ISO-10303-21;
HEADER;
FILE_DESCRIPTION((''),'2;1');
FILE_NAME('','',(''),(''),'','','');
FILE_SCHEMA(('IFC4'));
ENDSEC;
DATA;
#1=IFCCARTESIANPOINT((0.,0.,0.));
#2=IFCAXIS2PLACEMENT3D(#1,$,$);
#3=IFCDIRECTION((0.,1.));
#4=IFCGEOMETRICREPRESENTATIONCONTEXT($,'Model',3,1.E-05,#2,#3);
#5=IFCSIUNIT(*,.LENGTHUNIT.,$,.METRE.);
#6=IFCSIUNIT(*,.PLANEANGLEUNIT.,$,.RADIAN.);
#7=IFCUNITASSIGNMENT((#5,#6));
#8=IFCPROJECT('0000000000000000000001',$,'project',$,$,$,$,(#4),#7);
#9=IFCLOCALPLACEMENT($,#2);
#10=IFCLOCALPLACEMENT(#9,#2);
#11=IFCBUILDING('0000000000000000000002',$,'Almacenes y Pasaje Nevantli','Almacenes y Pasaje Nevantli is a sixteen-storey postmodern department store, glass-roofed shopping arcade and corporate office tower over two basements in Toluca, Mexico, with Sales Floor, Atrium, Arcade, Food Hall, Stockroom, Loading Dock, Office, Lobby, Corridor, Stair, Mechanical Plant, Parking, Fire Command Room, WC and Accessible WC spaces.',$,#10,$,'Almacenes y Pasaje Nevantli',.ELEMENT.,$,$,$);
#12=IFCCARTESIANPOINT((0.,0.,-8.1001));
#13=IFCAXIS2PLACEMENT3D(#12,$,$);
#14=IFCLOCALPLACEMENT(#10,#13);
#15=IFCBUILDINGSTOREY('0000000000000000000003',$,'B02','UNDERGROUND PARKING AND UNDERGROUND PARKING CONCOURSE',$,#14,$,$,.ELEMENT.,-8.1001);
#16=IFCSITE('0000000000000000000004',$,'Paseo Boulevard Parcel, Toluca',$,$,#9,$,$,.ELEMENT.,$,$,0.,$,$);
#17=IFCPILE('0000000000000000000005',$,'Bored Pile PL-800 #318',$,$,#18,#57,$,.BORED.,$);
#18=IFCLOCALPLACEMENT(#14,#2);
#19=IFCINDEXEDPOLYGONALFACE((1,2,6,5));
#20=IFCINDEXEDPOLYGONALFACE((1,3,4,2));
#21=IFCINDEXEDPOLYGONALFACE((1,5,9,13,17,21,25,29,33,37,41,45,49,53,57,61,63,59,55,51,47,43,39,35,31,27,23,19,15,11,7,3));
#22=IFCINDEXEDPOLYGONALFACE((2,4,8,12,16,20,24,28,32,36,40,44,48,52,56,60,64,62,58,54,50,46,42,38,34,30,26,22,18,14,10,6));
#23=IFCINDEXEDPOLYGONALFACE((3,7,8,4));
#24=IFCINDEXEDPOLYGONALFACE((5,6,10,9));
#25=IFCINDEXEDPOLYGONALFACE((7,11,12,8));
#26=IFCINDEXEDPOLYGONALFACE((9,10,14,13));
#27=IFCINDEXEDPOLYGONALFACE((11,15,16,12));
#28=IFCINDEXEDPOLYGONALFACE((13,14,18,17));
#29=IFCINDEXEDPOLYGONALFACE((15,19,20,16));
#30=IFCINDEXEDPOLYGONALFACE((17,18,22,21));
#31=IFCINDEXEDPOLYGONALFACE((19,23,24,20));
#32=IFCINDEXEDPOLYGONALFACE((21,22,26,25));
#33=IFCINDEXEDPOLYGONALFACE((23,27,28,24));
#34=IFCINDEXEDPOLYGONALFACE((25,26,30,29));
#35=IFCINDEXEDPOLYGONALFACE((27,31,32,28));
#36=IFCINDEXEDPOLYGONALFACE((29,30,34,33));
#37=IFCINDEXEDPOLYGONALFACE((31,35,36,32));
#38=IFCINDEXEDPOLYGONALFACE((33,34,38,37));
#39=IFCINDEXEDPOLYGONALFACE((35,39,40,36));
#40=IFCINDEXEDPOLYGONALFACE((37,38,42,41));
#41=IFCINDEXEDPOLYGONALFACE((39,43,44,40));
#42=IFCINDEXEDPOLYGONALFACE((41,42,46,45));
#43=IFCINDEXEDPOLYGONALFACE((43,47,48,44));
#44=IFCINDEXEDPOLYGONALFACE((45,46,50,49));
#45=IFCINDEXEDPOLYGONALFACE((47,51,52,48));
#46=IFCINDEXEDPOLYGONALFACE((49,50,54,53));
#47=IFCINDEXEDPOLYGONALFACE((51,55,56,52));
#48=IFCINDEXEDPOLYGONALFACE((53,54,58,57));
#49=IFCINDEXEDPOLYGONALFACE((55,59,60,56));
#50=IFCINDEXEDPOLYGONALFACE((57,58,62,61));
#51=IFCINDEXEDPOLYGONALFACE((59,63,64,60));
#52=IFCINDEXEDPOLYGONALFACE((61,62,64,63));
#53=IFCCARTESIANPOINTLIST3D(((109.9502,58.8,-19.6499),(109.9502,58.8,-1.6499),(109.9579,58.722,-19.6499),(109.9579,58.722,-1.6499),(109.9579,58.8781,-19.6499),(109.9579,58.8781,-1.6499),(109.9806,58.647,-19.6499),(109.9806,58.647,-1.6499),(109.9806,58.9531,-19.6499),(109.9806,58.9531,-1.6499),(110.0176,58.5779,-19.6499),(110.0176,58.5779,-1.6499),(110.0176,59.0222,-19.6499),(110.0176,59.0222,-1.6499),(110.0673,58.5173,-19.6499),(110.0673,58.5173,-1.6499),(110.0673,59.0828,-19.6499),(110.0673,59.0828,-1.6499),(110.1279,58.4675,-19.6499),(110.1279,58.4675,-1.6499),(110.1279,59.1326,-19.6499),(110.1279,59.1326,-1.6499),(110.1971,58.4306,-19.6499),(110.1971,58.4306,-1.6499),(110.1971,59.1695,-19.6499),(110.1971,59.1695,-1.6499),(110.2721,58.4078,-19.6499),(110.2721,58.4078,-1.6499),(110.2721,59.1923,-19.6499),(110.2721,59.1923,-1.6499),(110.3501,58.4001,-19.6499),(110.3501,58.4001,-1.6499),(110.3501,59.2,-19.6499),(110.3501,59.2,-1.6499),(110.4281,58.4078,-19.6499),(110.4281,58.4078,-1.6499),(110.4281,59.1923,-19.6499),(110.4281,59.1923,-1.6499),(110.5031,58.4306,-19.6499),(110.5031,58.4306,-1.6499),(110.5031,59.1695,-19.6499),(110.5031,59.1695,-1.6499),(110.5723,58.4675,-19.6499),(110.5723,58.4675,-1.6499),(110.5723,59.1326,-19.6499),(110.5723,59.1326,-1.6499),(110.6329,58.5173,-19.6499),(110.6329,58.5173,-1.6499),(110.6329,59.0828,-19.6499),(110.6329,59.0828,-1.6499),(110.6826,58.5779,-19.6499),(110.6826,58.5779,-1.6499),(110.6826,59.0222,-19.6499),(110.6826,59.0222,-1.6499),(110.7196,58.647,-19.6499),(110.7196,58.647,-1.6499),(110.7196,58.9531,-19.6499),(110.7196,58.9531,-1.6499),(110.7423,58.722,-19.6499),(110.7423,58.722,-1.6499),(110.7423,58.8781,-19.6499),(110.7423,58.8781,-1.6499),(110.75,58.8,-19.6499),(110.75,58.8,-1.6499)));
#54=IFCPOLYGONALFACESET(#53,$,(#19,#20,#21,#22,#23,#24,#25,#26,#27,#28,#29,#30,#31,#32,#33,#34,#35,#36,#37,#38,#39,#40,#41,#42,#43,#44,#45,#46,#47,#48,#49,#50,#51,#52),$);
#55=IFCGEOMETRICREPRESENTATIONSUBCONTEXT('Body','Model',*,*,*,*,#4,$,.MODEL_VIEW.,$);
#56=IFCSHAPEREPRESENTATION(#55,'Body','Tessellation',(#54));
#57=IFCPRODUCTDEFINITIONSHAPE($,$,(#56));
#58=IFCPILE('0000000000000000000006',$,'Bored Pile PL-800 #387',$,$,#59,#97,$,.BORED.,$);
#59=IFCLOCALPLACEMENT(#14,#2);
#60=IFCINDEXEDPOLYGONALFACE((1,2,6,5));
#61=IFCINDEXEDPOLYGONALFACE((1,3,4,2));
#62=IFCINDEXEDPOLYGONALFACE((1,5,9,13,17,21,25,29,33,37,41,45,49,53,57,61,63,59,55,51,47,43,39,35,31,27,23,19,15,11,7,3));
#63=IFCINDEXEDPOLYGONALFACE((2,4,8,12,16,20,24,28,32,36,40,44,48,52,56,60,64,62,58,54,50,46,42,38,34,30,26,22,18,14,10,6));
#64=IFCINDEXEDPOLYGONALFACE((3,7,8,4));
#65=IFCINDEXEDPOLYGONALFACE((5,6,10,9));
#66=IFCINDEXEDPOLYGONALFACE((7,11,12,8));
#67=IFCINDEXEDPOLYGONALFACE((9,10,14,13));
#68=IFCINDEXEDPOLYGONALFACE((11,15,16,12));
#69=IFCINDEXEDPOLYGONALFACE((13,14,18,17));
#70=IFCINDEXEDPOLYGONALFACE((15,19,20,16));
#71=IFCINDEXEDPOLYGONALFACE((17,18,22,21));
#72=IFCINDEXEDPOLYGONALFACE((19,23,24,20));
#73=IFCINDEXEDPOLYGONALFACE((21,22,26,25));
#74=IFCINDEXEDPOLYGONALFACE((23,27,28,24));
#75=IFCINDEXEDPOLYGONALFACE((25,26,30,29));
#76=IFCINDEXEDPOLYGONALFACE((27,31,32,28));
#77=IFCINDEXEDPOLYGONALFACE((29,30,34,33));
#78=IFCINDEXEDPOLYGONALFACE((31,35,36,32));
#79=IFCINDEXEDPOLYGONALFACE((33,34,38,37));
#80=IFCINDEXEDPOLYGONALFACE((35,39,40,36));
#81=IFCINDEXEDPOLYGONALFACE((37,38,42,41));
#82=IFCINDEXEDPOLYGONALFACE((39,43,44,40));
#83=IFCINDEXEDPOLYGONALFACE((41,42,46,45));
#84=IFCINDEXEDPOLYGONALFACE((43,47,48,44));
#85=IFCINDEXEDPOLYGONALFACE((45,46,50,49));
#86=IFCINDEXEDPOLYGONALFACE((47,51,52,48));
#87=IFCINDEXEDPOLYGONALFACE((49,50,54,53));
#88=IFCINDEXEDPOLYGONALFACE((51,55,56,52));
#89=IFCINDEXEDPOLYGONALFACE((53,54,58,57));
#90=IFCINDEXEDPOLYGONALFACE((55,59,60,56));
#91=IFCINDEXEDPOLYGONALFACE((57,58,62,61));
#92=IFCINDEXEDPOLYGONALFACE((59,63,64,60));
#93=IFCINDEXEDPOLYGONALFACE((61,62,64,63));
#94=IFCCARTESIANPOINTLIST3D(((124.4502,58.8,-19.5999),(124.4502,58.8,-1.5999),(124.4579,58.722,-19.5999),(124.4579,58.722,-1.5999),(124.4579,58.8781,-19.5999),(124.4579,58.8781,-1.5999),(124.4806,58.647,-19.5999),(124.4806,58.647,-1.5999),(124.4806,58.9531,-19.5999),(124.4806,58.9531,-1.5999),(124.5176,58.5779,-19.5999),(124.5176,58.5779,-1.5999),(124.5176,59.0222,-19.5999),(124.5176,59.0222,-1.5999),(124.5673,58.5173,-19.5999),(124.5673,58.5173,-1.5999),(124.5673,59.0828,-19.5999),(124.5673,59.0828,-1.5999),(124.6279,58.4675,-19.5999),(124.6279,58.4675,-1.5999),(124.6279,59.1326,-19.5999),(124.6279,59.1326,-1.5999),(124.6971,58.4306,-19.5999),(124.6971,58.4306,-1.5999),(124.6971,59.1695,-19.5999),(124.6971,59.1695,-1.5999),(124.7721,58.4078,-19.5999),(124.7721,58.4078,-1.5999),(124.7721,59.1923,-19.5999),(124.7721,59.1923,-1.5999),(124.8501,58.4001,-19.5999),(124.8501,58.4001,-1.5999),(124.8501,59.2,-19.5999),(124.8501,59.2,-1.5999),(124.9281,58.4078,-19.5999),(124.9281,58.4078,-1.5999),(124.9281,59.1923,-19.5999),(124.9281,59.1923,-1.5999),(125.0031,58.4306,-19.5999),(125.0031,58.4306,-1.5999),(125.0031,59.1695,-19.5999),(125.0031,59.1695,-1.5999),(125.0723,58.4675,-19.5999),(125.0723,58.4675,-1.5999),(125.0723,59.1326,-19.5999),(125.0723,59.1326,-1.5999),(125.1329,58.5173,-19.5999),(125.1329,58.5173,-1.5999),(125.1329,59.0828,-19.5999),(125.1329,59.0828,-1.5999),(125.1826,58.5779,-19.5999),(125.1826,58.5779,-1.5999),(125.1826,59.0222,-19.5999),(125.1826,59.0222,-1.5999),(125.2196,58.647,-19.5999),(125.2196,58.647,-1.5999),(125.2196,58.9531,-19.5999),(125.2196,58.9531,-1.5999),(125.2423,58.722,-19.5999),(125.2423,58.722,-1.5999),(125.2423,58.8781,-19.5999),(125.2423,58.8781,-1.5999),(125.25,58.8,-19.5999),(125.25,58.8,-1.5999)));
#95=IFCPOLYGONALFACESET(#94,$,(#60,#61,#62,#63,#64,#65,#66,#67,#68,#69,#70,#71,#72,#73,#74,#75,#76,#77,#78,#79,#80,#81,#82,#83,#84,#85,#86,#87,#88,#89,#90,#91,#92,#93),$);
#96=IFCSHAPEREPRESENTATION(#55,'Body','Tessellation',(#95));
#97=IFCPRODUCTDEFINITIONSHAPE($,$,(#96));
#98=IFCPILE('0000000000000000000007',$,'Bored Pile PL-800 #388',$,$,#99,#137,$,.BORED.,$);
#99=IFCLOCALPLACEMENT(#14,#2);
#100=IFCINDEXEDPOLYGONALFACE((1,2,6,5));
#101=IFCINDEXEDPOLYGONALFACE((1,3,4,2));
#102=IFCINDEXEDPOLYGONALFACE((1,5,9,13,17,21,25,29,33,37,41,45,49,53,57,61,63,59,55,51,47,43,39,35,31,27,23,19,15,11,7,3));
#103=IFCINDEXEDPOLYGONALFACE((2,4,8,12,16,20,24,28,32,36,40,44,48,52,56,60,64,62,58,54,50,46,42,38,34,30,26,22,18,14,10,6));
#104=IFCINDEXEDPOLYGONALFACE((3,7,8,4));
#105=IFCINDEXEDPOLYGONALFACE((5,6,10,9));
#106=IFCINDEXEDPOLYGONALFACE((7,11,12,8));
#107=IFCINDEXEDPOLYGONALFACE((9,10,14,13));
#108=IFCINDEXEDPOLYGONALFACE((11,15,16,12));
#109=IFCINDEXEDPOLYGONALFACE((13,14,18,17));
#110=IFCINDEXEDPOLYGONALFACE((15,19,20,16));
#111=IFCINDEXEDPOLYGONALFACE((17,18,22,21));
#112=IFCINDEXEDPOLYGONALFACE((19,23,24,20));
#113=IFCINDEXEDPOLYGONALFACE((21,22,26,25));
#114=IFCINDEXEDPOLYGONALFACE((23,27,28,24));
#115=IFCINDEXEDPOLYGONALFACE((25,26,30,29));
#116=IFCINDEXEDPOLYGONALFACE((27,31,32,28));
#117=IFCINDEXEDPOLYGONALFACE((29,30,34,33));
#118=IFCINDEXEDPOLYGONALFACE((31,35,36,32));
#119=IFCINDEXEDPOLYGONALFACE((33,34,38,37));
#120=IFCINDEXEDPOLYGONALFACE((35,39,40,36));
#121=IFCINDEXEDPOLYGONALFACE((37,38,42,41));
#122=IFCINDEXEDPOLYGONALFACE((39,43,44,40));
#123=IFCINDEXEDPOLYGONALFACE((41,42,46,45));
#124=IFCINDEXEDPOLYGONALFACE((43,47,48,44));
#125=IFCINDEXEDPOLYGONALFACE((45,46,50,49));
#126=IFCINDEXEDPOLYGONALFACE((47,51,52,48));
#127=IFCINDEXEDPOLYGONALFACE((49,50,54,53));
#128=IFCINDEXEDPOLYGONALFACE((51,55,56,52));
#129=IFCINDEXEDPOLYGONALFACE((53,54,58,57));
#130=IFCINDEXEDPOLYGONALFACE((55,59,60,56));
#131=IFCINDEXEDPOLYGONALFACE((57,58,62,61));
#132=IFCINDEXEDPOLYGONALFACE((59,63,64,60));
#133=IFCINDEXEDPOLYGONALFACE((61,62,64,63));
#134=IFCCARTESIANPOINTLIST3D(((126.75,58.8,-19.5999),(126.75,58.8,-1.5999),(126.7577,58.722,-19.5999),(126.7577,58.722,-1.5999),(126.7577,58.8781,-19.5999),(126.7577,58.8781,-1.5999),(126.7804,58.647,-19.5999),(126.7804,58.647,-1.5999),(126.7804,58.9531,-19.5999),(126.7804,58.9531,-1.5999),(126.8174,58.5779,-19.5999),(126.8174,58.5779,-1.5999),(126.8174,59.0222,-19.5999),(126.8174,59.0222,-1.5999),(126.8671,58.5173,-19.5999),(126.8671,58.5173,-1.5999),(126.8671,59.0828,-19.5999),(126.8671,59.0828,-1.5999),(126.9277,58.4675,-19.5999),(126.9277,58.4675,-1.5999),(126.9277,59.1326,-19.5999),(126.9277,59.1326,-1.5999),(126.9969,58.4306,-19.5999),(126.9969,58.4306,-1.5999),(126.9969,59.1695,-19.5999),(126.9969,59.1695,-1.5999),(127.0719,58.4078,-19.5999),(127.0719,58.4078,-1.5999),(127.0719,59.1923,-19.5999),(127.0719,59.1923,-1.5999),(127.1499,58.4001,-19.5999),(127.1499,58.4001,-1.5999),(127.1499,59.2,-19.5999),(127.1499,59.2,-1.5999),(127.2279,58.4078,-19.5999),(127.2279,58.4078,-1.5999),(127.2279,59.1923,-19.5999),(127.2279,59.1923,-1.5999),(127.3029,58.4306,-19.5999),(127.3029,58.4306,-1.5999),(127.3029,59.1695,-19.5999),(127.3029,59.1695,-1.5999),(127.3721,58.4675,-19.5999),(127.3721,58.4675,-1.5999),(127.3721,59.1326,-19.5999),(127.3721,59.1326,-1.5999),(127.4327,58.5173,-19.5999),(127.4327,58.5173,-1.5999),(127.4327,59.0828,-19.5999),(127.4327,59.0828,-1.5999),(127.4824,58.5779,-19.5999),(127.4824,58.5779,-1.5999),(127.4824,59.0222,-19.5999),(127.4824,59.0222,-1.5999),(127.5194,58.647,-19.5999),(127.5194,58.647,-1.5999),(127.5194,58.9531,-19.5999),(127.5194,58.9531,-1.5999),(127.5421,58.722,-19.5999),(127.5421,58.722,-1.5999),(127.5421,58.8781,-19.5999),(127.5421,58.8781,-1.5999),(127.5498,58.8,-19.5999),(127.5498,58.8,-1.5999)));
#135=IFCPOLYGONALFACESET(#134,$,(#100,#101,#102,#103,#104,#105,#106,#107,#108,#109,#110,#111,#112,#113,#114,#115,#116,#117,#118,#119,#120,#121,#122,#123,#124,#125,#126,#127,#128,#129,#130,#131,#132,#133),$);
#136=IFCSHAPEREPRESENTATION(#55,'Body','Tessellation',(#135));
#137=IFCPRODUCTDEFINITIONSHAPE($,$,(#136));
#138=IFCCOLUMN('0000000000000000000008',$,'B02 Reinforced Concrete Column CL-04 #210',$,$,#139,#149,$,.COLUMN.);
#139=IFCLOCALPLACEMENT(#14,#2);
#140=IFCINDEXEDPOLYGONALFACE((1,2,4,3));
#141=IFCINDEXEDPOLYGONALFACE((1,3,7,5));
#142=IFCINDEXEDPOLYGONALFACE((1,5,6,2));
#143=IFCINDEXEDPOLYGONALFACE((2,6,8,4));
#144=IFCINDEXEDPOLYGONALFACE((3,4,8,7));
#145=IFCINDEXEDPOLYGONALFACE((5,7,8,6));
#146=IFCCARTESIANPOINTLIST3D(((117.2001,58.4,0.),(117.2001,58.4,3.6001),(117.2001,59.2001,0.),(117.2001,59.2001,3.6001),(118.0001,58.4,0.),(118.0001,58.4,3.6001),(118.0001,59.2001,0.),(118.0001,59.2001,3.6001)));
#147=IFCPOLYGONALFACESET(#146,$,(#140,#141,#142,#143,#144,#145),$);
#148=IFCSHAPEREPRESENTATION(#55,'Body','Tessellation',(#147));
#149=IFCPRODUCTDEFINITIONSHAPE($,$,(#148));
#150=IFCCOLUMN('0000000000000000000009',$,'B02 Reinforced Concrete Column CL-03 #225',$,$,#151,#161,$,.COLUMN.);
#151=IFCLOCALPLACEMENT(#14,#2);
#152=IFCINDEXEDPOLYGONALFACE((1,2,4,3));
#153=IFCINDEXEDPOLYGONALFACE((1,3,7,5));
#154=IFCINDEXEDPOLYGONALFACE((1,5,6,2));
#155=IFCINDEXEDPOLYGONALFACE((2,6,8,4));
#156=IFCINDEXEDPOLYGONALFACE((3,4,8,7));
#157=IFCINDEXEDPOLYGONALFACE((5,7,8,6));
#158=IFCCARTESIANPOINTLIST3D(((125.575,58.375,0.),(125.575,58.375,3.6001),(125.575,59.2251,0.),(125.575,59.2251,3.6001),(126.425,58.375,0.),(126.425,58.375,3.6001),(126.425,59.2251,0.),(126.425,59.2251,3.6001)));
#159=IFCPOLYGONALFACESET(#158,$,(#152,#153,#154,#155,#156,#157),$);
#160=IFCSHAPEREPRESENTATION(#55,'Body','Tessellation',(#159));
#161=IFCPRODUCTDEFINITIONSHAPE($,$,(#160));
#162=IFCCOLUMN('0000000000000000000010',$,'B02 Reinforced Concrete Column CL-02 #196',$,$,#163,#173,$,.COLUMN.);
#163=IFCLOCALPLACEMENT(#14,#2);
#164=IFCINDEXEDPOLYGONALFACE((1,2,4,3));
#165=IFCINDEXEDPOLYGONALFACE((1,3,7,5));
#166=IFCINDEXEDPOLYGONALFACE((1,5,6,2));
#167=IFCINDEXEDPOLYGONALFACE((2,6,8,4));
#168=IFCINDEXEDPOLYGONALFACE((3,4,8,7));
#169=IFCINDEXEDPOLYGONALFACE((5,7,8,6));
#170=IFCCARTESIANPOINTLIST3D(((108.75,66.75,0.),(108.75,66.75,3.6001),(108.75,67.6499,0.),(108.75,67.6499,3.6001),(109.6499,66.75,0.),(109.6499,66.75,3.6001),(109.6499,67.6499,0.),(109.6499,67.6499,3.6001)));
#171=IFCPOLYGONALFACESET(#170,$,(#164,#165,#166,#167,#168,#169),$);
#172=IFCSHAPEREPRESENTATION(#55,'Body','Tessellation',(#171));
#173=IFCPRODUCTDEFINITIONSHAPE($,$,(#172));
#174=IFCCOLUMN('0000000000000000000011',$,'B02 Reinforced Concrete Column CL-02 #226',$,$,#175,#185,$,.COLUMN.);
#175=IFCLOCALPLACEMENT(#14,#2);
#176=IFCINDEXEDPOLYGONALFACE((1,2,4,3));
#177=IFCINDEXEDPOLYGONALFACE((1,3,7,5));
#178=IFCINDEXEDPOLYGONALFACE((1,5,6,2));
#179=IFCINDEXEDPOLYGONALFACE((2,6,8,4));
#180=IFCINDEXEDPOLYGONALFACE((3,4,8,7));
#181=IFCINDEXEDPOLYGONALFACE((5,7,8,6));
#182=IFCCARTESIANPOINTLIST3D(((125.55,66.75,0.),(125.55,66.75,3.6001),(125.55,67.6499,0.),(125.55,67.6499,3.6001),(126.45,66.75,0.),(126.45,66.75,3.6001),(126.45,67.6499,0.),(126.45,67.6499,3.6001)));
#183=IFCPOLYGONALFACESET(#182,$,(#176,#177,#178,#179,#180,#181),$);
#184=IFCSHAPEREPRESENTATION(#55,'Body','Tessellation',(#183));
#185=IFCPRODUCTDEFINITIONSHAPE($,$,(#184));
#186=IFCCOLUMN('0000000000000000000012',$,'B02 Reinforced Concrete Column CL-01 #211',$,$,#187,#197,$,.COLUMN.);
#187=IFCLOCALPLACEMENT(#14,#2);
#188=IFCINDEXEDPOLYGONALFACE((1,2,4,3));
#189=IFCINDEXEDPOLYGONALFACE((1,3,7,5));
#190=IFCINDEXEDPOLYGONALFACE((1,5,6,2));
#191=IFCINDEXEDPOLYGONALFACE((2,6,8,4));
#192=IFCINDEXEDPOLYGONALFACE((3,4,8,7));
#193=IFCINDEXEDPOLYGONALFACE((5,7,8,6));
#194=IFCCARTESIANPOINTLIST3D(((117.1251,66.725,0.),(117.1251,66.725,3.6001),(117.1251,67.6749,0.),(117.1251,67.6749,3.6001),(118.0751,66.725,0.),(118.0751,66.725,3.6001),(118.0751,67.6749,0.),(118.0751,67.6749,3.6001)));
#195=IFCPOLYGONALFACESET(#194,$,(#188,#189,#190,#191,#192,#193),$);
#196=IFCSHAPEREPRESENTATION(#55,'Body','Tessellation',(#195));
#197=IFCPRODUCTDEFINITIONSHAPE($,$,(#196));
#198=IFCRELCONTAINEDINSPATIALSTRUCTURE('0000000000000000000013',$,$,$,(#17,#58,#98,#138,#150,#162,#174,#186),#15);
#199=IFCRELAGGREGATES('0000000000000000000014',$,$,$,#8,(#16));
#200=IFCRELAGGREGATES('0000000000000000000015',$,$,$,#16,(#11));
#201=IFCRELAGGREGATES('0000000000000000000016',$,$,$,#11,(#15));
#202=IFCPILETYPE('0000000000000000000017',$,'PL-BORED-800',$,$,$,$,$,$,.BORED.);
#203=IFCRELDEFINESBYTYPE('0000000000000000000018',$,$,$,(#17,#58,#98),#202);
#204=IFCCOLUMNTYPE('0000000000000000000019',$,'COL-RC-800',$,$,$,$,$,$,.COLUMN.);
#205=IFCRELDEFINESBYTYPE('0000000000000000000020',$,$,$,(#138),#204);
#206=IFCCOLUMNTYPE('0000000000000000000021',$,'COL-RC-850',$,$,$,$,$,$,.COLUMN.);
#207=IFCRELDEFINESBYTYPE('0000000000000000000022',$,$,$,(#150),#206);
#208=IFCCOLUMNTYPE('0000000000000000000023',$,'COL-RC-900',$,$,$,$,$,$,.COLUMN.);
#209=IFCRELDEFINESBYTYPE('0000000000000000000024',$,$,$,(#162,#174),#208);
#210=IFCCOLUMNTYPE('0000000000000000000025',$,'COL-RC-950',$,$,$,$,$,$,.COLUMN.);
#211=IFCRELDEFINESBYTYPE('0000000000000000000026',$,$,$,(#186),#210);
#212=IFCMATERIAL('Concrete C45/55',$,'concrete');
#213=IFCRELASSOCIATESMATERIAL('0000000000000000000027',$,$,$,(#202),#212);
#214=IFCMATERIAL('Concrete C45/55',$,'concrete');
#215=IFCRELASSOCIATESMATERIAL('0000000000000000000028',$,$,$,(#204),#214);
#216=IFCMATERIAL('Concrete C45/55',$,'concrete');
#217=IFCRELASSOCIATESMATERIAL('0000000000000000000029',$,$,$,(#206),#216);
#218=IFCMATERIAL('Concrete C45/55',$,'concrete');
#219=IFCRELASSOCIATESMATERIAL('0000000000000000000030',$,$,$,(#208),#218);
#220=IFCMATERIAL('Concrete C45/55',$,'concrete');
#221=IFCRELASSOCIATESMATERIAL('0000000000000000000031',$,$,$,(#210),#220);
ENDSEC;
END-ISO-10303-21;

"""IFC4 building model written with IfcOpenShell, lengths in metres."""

from ifc_helpers import new_model, si_unit, direction, frame, origin, origin_2d, place, context, subcontext, project, spatial, rectangle, circle, extrude, material, material_profile, profile_set, type_object, element, save


model = new_model("IFC4")

# Units and contexts
model_context = context("Model", 3, precision=1e-05, world=origin(), true_north=direction((0.0, 1.0)))
body_context = subcontext(model_context, "Body", "Model", "MODEL_VIEW")
ifc_project = project(units=[si_unit("LENGTHUNIT", "METRE"), si_unit("PLANEANGLEUNIT", "RADIAN")], contexts=[model_context])

# Site, building, storey
site_placement = place(None, origin())
site = spatial("IfcSite", under=ifc_project, at=site_placement, Name="Paseo Boulevard Parcel, Toluca", CompositionType="ELEMENT", RefElevation=0.0)
building_placement = place(site_placement, origin())
building = spatial("IfcBuilding", under=site, at=building_placement, Name="Almacenes y Pasaje Nevantli", Description="Almacenes y Pasaje Nevantli is a sixteen-storey postmodern department store, glass-roofed shopping arcade and corporate office tower over two basements in Toluca, Mexico, with Sales Floor, Atrium, Arcade, Food Hall, Stockroom, Loading Dock, Office, Lobby, Corridor, Stair, Mechanical Plant, Parking, Fire Command Room, WC and Accessible WC spaces.", LongName="Almacenes y Pasaje Nevantli", CompositionType="ELEMENT")
storey_placement = place(building_placement, frame((0.0, 0.0, -8.1001)))
storey = spatial("IfcBuildingStorey", under=building, at=storey_placement, Name="B02", Description="UNDERGROUND PARKING AND UNDERGROUND PARKING CONCOURSE", CompositionType="ELEMENT", Elevation=-8.1001)

# Piles
ifc_material_1 = material(Name="Concrete C45/55", Category="concrete")
ifc_material_profile_1 = material_profile(ifc_material_1, circle(Radius=0.3999, at=origin_2d()), Name="RC-PILE-D800")
ifc_profile_set_1 = profile_set([ifc_material_profile_1], Name="Concrete C45/55")
pile_type_1 = type_object("IfcPileType", Name="PL-BORED-800", PredefinedType="BORED", material=ifc_profile_set_1)
for number, where, z_axis, x_axis, name in (
    (1, (110.3501, 58.8, -1.6499), (0.0, 0.0, -1.0), (1.0, 0.0, 0.0), "Bored Pile PL-800 #318"),
    (2, (124.8501, 58.8, -1.5999), (0.0, 0.0, -1.0), (1.0, 0.0, 0.0), "Bored Pile PL-800 #387"),
    (3, (127.1499, 58.8, -1.5999), (0.0, 0.0, -1.0), (1.0, 0.0, 0.0), "Bored Pile PL-800 #388"),
):
    element("IfcPile", number, at=place(storey_placement, frame(where, z_axis=z_axis, x_axis=x_axis)), inside=storey, type_object=pile_type_1, Name=name, PredefinedType="BORED", context=body_context, shape_type="SweptSolid", body=[
        extrude(circle(Radius=0.3999, at=origin_2d()), origin(), (0.0, 0.0, 1.0), 18.0),
    ])

# Columns
ifc_material_2 = material(Name="Concrete C45/55", Category="concrete")
ifc_material_profile_2 = material_profile(ifc_material_2, rectangle(XDim=0.8, YDim=0.8, at=origin_2d()), Name="RC-COL-800x800")
ifc_profile_set_2 = profile_set([ifc_material_profile_2], Name="Concrete C45/55")
column_type_1 = type_object("IfcColumnType", Name="COL-RC-800", PredefinedType="COLUMN", material=ifc_profile_set_2)
column_1_placement = place(storey_placement, frame((117.6001, 58.8, 0.0), z_axis=(0.0, 0.0, 1.0), x_axis=(1.0, 0.0, 0.0)))
element("IfcColumn", 4, at=column_1_placement, inside=storey, type_object=column_type_1, Name="B02 Reinforced Concrete Column CL-04 #210", PredefinedType="COLUMN", context=body_context, shape_type="SweptSolid", body=[
    extrude(rectangle(XDim=0.8, YDim=0.8, at=origin_2d()), origin(), (0.0, 0.0, 1.0), 3.6001),
])
ifc_material_3 = material(Name="Concrete C45/55", Category="concrete")
ifc_material_profile_3 = material_profile(ifc_material_3, rectangle(XDim=0.8501, YDim=0.8501, at=origin_2d()), Name="RC-COL-850x850")
ifc_profile_set_3 = profile_set([ifc_material_profile_3], Name="Concrete C45/55")
column_type_2 = type_object("IfcColumnType", Name="COL-RC-850", PredefinedType="COLUMN", material=ifc_profile_set_3)
column_2_placement = place(storey_placement, frame((126.0, 58.8, 0.0), z_axis=(0.0, 0.0, 1.0), x_axis=(1.0, 0.0, 0.0)))
element("IfcColumn", 5, at=column_2_placement, inside=storey, type_object=column_type_2, Name="B02 Reinforced Concrete Column CL-03 #225", PredefinedType="COLUMN", context=body_context, shape_type="SweptSolid", body=[
    extrude(rectangle(XDim=0.8501, YDim=0.8501, at=origin_2d()), origin(), (0.0, 0.0, 1.0), 3.6001),
])
ifc_material_4 = material(Name="Concrete C45/55", Category="concrete")
ifc_material_profile_4 = material_profile(ifc_material_4, rectangle(XDim=0.8999, YDim=0.8999, at=origin_2d()), Name="RC-COL-900x900")
ifc_profile_set_4 = profile_set([ifc_material_profile_4], Name="Concrete C45/55")
column_type_3 = type_object("IfcColumnType", Name="COL-RC-900", PredefinedType="COLUMN", material=ifc_profile_set_4)
for number, where, z_axis, x_axis, name in (
    (6, (109.2, 67.2, 0.0), (0.0, 0.0, 1.0), (1.0, 0.0, 0.0), "B02 Reinforced Concrete Column CL-02 #196"),
    (7, (126.0, 67.2, 0.0), (0.0, 0.0, 1.0), (1.0, 0.0, 0.0), "B02 Reinforced Concrete Column CL-02 #226"),
):
    element("IfcColumn", number, at=place(storey_placement, frame(where, z_axis=z_axis, x_axis=x_axis)), inside=storey, type_object=column_type_3, Name=name, PredefinedType="COLUMN", context=body_context, shape_type="SweptSolid", body=[
        extrude(rectangle(XDim=0.8999, YDim=0.8999, at=origin_2d()), origin(), (0.0, 0.0, 1.0), 3.6001),
    ])
ifc_material_5 = material(Name="Concrete C45/55", Category="concrete")
ifc_material_profile_5 = material_profile(ifc_material_5, rectangle(XDim=0.95, YDim=0.95, at=origin_2d()), Name="RC-COL-950x950")
ifc_profile_set_5 = profile_set([ifc_material_profile_5], Name="Concrete C45/55")
column_type_4 = type_object("IfcColumnType", Name="COL-RC-950", PredefinedType="COLUMN", material=ifc_profile_set_5)
column_3_placement = place(storey_placement, frame((117.6001, 67.2, 0.0), z_axis=(0.0, 0.0, 1.0), x_axis=(1.0, 0.0, 0.0)))
element("IfcColumn", 8, at=column_3_placement, inside=storey, type_object=column_type_4, Name="B02 Reinforced Concrete Column CL-01 #211", PredefinedType="COLUMN", context=body_context, shape_type="SweptSolid", body=[
    extrude(rectangle(XDim=0.95, YDim=0.95, at=origin_2d()), origin(), (0.0, 0.0, 1.0), 3.6001),
])

save(model, "model.ifc")
